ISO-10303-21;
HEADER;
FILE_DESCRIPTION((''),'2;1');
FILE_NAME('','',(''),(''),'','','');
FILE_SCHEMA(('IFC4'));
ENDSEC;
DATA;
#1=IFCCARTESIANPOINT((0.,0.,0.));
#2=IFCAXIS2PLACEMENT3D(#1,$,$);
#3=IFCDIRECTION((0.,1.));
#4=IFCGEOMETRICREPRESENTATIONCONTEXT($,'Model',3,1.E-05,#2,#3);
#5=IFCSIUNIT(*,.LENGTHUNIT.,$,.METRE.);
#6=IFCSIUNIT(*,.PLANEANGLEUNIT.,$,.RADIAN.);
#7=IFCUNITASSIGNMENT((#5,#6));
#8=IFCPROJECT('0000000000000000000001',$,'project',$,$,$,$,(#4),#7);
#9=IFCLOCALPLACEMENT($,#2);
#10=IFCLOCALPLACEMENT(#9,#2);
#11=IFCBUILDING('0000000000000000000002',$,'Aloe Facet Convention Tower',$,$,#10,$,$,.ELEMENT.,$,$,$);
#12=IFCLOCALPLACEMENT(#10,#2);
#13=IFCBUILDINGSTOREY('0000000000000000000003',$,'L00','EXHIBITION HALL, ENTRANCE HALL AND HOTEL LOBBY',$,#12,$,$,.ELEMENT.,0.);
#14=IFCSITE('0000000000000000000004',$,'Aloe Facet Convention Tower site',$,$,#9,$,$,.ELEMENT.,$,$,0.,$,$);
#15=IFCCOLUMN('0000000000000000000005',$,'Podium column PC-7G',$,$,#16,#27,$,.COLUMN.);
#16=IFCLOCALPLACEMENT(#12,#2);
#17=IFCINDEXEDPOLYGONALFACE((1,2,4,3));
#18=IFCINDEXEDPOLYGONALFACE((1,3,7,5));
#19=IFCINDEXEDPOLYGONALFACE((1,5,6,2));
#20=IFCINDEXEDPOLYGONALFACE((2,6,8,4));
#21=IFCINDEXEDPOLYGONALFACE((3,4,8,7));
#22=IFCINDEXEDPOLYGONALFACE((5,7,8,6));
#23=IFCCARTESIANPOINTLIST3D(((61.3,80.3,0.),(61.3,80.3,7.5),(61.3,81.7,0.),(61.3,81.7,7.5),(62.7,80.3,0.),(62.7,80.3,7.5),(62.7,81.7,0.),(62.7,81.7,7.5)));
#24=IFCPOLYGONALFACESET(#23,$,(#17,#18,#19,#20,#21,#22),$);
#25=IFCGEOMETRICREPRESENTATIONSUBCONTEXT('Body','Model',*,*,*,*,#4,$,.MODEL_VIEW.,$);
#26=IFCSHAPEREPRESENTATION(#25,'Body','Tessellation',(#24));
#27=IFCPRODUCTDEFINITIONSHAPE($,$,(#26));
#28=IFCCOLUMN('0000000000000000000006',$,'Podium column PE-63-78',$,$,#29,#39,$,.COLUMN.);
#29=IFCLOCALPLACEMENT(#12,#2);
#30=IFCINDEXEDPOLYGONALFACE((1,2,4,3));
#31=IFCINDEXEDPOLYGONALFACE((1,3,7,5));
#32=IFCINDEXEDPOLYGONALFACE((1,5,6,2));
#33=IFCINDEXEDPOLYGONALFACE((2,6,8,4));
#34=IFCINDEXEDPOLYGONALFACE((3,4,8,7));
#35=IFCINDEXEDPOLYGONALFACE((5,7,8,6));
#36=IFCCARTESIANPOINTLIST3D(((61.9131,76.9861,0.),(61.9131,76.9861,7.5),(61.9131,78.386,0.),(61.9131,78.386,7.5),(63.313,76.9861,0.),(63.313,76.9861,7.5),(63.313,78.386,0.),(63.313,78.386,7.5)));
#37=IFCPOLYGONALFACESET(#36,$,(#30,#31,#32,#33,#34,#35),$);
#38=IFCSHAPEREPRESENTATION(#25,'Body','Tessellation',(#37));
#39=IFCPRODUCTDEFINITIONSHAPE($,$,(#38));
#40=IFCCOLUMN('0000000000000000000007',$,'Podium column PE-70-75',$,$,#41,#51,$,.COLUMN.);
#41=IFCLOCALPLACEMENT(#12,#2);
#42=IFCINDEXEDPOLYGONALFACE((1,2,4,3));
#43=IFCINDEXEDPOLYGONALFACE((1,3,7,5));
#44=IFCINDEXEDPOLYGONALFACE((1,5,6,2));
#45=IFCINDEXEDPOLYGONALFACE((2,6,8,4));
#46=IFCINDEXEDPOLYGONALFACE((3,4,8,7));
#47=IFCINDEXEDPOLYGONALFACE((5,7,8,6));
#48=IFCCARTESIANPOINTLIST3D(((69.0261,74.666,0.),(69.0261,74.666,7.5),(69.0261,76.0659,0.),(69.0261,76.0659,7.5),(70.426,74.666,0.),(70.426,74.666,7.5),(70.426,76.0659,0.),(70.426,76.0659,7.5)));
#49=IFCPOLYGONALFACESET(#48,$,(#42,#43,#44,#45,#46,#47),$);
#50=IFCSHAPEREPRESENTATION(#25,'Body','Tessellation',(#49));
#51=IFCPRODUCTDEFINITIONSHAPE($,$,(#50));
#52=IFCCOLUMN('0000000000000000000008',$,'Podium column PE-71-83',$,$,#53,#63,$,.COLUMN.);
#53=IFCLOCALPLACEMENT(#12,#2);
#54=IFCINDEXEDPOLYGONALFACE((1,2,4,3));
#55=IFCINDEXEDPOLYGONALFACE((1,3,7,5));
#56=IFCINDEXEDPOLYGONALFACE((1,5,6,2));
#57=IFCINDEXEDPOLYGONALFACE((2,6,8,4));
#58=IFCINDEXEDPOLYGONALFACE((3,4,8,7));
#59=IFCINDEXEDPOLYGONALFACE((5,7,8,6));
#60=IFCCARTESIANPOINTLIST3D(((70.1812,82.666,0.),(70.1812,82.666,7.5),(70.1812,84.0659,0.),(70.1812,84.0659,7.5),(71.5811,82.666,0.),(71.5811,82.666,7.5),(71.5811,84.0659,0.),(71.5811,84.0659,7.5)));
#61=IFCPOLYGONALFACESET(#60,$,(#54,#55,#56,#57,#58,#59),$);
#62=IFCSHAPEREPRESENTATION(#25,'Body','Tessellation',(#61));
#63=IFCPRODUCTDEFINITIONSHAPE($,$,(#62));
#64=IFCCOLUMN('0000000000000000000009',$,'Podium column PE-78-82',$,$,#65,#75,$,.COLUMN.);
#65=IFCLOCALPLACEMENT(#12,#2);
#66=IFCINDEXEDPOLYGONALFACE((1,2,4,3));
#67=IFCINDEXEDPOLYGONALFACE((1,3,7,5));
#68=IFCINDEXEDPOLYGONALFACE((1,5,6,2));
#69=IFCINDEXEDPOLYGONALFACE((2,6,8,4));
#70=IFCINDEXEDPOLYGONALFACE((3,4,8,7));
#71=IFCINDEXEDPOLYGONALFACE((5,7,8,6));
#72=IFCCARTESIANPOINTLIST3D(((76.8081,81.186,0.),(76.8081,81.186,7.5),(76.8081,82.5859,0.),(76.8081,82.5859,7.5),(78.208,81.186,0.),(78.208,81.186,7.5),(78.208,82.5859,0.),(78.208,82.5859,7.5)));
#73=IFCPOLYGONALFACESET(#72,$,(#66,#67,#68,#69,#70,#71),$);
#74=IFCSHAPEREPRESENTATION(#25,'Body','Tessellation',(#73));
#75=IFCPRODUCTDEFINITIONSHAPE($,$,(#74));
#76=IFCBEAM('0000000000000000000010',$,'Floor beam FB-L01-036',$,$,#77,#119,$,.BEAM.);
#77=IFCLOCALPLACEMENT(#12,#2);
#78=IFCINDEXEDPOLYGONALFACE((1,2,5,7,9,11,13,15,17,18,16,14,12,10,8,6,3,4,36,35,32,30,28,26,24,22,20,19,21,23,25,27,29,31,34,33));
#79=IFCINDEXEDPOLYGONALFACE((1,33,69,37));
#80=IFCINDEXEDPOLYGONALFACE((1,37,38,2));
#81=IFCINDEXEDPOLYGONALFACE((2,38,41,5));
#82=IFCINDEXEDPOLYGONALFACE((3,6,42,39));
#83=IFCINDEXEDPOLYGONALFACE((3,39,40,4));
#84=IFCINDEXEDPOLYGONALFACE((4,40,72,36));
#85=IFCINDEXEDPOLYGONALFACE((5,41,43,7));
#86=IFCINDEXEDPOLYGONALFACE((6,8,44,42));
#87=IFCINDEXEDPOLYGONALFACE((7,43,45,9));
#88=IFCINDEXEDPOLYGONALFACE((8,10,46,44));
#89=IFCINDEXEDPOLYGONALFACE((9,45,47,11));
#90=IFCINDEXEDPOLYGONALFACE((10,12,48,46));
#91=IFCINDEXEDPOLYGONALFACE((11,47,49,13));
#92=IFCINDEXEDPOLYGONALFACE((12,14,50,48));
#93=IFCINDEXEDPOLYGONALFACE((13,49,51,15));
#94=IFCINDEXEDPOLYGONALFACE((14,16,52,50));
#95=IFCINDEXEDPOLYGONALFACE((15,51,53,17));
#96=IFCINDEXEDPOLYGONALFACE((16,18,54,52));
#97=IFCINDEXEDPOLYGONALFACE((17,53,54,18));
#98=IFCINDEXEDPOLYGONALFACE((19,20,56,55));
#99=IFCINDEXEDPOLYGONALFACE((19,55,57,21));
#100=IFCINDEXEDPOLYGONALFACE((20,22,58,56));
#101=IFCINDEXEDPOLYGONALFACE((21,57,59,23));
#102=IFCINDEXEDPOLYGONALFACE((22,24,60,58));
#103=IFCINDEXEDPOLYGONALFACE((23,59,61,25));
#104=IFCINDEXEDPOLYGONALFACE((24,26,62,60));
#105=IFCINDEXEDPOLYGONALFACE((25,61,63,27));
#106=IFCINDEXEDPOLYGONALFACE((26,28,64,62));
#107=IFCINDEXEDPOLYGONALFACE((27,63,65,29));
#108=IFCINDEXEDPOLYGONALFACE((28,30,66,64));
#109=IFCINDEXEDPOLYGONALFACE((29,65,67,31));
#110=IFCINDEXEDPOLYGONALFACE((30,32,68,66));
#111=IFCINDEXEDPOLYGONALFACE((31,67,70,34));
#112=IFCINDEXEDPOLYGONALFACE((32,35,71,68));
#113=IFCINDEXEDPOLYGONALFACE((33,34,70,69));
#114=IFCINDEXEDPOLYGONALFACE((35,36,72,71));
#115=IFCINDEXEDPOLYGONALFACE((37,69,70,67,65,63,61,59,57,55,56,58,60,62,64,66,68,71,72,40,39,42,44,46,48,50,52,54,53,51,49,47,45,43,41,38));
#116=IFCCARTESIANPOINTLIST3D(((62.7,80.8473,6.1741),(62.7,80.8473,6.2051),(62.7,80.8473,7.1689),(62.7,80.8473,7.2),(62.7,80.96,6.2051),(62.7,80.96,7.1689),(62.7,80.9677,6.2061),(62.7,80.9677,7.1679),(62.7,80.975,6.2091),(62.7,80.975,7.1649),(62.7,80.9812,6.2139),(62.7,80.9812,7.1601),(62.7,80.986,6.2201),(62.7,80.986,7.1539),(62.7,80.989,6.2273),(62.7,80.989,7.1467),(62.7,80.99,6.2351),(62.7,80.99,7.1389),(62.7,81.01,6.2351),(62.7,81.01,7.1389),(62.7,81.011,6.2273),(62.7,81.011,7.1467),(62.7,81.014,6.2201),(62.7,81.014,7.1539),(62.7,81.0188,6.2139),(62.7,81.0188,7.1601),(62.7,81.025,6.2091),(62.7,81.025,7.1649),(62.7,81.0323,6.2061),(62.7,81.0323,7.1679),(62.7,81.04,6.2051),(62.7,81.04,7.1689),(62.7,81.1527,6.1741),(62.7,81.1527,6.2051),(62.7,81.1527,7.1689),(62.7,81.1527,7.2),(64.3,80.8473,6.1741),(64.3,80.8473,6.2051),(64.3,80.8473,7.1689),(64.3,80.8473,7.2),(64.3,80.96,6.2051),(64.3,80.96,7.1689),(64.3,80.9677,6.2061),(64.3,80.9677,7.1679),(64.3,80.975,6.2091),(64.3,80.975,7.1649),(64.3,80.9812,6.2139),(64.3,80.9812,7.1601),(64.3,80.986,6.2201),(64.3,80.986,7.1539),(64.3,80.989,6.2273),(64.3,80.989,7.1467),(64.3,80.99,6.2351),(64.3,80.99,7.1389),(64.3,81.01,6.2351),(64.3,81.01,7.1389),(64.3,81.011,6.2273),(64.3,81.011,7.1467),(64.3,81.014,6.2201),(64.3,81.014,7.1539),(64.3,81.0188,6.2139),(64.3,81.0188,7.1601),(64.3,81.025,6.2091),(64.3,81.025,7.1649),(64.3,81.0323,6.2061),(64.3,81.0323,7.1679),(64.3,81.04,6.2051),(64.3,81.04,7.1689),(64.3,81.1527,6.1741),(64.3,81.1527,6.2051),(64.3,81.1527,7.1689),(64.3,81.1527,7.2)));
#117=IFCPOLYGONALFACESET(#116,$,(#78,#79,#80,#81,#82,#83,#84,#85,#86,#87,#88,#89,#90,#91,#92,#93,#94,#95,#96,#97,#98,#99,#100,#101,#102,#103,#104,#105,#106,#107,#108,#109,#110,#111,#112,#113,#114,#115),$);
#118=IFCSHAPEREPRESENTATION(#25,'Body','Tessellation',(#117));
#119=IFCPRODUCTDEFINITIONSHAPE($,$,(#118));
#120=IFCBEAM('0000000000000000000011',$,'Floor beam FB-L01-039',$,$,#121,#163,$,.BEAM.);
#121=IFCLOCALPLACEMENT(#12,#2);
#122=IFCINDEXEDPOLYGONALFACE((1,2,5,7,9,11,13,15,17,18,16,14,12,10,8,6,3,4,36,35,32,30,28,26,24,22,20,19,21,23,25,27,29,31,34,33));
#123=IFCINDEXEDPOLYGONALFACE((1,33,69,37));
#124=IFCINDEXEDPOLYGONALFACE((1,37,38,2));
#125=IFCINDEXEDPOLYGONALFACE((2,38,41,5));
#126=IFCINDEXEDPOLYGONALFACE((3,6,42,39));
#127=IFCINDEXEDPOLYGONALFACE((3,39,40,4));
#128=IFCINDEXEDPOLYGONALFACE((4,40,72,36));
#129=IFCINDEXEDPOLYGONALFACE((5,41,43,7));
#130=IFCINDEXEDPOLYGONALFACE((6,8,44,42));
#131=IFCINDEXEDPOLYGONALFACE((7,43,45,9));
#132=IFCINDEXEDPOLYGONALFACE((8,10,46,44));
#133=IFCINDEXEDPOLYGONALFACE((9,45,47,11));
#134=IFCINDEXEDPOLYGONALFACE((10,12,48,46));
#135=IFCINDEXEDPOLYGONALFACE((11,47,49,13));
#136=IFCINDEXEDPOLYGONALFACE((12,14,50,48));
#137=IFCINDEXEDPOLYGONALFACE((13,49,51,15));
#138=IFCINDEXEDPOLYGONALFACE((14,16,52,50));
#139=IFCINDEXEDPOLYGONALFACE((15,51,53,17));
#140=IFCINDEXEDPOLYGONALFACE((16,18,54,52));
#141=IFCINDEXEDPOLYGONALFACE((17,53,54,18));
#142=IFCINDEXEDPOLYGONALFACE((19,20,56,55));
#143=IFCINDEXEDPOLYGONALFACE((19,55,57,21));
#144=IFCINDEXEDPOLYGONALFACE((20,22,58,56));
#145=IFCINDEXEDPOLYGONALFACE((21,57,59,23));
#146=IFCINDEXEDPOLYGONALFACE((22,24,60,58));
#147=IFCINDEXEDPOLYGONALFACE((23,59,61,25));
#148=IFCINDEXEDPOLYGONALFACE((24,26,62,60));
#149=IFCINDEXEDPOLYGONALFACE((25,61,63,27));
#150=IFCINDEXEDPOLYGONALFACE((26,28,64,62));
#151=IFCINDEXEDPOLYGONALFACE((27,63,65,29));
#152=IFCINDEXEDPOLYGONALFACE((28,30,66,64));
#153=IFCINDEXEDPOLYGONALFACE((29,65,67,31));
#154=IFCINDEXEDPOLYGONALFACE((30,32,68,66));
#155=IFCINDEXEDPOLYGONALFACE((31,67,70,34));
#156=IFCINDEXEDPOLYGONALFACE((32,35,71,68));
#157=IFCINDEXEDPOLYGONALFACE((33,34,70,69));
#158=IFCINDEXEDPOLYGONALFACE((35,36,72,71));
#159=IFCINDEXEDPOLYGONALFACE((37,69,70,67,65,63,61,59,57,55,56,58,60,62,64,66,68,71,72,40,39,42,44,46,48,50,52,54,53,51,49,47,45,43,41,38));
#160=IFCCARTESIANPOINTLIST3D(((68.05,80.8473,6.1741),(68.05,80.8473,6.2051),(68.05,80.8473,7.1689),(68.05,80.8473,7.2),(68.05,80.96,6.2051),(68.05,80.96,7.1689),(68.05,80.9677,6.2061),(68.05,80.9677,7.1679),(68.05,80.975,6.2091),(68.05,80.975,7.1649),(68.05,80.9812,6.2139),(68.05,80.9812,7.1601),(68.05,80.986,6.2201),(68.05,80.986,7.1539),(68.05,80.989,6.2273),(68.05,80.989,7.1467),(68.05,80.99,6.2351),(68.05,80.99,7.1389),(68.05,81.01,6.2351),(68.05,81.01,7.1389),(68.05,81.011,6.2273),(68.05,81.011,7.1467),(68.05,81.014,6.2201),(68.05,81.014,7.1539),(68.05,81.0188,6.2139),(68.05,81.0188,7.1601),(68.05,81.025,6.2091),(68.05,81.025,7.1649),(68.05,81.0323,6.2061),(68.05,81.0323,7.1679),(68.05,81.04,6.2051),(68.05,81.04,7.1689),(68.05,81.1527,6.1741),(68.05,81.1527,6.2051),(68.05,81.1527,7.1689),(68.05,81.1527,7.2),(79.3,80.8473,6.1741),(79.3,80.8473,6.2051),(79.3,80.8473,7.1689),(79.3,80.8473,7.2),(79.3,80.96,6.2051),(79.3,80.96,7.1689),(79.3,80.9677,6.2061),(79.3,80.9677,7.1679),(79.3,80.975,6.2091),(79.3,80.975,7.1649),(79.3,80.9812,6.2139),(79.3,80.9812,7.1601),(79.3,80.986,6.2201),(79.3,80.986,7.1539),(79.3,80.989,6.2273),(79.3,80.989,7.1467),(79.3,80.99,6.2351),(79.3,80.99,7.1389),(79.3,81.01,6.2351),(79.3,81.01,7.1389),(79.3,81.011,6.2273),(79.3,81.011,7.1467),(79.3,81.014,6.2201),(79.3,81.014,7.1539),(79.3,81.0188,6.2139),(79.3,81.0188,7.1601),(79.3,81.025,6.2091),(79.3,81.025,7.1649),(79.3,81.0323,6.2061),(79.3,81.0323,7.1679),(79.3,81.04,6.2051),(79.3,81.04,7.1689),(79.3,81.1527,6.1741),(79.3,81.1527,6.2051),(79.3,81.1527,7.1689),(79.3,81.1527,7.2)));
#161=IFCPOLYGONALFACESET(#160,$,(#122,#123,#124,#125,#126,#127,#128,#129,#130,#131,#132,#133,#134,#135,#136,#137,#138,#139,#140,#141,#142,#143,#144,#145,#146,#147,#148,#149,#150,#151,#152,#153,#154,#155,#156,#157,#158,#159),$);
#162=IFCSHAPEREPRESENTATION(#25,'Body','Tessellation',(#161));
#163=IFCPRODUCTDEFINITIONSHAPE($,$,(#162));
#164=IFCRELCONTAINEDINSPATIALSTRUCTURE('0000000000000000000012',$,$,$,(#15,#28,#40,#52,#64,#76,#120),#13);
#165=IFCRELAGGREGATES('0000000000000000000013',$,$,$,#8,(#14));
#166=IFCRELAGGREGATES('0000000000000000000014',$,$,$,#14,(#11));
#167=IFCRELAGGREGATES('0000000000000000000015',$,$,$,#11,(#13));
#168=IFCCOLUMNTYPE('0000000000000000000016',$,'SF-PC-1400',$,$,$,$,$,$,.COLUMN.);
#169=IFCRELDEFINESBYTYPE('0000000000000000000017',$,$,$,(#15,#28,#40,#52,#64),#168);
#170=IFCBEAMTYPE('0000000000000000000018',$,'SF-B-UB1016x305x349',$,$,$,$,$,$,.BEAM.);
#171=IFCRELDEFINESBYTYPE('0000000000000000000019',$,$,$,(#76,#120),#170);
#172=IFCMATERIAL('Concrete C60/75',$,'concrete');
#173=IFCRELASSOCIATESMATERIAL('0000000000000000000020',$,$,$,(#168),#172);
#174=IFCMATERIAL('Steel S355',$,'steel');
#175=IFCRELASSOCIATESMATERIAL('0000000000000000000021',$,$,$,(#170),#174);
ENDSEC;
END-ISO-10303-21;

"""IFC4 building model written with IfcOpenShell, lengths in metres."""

from ifc_helpers import new_model, si_unit, direction, frame, origin, origin_2d, place, context, subcontext, project, spatial, rectangle, i_section, extrude, material, material_profile, profile_set, type_object, element, save


model = new_model("IFC4")

# Units and contexts
model_context = context("Model", 3, precision=1e-05, world=origin(), true_north=direction((0.0, 1.0)))
body_context = subcontext(model_context, "Body", "Model", "MODEL_VIEW")
ifc_project = project(units=[si_unit("LENGTHUNIT", "METRE"), si_unit("PLANEANGLEUNIT", "RADIAN")], contexts=[model_context])

# Site, building, storey
site_placement = place(None, origin())
site = spatial("IfcSite", under=ifc_project, at=site_placement, Name="Aloe Facet Convention Tower site", CompositionType="ELEMENT", RefElevation=0.0)
building_placement = place(site_placement, origin())
building = spatial("IfcBuilding", under=site, at=building_placement, Name="Aloe Facet Convention Tower", CompositionType="ELEMENT")
storey_placement = place(building_placement, origin())
storey = spatial("IfcBuildingStorey", under=building, at=storey_placement, Name="L00", Description="EXHIBITION HALL, ENTRANCE HALL AND HOTEL LOBBY", CompositionType="ELEMENT", Elevation=0.0)

# Columns
ifc_material_1 = material(Name="Concrete C60/75", Category="concrete")
ifc_material_profile_1 = material_profile(ifc_material_1, rectangle(XDim=1.3999, YDim=1.3999, at=origin_2d()), Name="SF-PC-1400")
ifc_profile_set_1 = profile_set([ifc_material_profile_1], Name="Concrete C60/75")
column_type = type_object("IfcColumnType", Name="SF-PC-1400", PredefinedType="COLUMN", material=ifc_profile_set_1)
for number, where, z_axis, x_axis, name in (
    (1, (62.0, 81.0, 0.0), (0.0, 0.0, 1.0), (1.0, 0.0, 0.0), "Podium column PC-7G"),
    (2, (62.613, 77.686, 0.0), (0.0, 0.0, 1.0), (1.0, 0.0, 0.0), "Podium column PE-63-78"),
    (3, (69.7261, 75.366, 0.0), (0.0, 0.0, 1.0), (1.0, 0.0, 0.0), "Podium column PE-70-75"),
    (4, (70.8811, 83.366, 0.0), (0.0, 0.0, 1.0), (1.0, 0.0, 0.0), "Podium column PE-71-83"),
    (5, (77.5081, 81.886, 0.0), (0.0, 0.0, 1.0), (1.0, 0.0, 0.0), "Podium column PE-78-82"),
):
    element("IfcColumn", number, at=place(storey_placement, frame(where, z_axis=z_axis, x_axis=x_axis)), inside=storey, type_object=column_type, Name=name, PredefinedType="COLUMN", context=body_context, shape_type="SweptSolid", body=[
        extrude(rectangle(XDim=1.3999, YDim=1.3999, at=origin_2d()), origin(), (0.0, 0.0, 1.0), 7.5),
    ])

# Beams
ifc_material_2 = material(Name="Steel S355", Category="steel")
ifc_material_profile_2 = material_profile(ifc_material_2, i_section(OverallWidth=0.3054, OverallDepth=1.0259, WebThickness=0.02, FlangeThickness=0.031, FilletRadius=0.03, at=origin_2d()), Name="UB 1016x305x349")
ifc_profile_set_2 = profile_set([ifc_material_profile_2], Name="Steel S355")
beam_type_1 = type_object("IfcBeamType", Name="SF-B-UB1016x305x349", PredefinedType="BEAM", material=ifc_profile_set_2)
beam_1_placement = place(storey_placement, frame((62.7, 81.0, 6.687), z_axis=(1.0, 0.0, 0.0), x_axis=(0.0, 1.0, 0.0)))
element("IfcBeam", 6, at=beam_1_placement, inside=storey, type_object=beam_type_1, Name="Floor beam FB-L01-036", PredefinedType="BEAM", context=body_context, shape_type="SweptSolid", body=[
    extrude(i_section(OverallWidth=0.3054, OverallDepth=1.0259, WebThickness=0.02, FlangeThickness=0.031, FilletRadius=0.03, at=origin_2d()), origin(), (0.0, 0.0, 1.0), 1.6001),
])
beam_2_placement = place(storey_placement, frame((68.05, 81.0, 6.687), z_axis=(1.0, 0.0, 0.0), x_axis=(0.0, 1.0, 0.0)))
element("IfcBeam", 7, at=beam_2_placement, inside=storey, type_object=beam_type_1, Name="Floor beam FB-L01-039", PredefinedType="BEAM", context=body_context, shape_type="SweptSolid", body=[
    extrude(i_section(OverallWidth=0.3054, OverallDepth=1.0259, WebThickness=0.02, FlangeThickness=0.031, FilletRadius=0.03, at=origin_2d()), origin(), (0.0, 0.0, 1.0), 11.25),
])

save(model, "model.ifc")
